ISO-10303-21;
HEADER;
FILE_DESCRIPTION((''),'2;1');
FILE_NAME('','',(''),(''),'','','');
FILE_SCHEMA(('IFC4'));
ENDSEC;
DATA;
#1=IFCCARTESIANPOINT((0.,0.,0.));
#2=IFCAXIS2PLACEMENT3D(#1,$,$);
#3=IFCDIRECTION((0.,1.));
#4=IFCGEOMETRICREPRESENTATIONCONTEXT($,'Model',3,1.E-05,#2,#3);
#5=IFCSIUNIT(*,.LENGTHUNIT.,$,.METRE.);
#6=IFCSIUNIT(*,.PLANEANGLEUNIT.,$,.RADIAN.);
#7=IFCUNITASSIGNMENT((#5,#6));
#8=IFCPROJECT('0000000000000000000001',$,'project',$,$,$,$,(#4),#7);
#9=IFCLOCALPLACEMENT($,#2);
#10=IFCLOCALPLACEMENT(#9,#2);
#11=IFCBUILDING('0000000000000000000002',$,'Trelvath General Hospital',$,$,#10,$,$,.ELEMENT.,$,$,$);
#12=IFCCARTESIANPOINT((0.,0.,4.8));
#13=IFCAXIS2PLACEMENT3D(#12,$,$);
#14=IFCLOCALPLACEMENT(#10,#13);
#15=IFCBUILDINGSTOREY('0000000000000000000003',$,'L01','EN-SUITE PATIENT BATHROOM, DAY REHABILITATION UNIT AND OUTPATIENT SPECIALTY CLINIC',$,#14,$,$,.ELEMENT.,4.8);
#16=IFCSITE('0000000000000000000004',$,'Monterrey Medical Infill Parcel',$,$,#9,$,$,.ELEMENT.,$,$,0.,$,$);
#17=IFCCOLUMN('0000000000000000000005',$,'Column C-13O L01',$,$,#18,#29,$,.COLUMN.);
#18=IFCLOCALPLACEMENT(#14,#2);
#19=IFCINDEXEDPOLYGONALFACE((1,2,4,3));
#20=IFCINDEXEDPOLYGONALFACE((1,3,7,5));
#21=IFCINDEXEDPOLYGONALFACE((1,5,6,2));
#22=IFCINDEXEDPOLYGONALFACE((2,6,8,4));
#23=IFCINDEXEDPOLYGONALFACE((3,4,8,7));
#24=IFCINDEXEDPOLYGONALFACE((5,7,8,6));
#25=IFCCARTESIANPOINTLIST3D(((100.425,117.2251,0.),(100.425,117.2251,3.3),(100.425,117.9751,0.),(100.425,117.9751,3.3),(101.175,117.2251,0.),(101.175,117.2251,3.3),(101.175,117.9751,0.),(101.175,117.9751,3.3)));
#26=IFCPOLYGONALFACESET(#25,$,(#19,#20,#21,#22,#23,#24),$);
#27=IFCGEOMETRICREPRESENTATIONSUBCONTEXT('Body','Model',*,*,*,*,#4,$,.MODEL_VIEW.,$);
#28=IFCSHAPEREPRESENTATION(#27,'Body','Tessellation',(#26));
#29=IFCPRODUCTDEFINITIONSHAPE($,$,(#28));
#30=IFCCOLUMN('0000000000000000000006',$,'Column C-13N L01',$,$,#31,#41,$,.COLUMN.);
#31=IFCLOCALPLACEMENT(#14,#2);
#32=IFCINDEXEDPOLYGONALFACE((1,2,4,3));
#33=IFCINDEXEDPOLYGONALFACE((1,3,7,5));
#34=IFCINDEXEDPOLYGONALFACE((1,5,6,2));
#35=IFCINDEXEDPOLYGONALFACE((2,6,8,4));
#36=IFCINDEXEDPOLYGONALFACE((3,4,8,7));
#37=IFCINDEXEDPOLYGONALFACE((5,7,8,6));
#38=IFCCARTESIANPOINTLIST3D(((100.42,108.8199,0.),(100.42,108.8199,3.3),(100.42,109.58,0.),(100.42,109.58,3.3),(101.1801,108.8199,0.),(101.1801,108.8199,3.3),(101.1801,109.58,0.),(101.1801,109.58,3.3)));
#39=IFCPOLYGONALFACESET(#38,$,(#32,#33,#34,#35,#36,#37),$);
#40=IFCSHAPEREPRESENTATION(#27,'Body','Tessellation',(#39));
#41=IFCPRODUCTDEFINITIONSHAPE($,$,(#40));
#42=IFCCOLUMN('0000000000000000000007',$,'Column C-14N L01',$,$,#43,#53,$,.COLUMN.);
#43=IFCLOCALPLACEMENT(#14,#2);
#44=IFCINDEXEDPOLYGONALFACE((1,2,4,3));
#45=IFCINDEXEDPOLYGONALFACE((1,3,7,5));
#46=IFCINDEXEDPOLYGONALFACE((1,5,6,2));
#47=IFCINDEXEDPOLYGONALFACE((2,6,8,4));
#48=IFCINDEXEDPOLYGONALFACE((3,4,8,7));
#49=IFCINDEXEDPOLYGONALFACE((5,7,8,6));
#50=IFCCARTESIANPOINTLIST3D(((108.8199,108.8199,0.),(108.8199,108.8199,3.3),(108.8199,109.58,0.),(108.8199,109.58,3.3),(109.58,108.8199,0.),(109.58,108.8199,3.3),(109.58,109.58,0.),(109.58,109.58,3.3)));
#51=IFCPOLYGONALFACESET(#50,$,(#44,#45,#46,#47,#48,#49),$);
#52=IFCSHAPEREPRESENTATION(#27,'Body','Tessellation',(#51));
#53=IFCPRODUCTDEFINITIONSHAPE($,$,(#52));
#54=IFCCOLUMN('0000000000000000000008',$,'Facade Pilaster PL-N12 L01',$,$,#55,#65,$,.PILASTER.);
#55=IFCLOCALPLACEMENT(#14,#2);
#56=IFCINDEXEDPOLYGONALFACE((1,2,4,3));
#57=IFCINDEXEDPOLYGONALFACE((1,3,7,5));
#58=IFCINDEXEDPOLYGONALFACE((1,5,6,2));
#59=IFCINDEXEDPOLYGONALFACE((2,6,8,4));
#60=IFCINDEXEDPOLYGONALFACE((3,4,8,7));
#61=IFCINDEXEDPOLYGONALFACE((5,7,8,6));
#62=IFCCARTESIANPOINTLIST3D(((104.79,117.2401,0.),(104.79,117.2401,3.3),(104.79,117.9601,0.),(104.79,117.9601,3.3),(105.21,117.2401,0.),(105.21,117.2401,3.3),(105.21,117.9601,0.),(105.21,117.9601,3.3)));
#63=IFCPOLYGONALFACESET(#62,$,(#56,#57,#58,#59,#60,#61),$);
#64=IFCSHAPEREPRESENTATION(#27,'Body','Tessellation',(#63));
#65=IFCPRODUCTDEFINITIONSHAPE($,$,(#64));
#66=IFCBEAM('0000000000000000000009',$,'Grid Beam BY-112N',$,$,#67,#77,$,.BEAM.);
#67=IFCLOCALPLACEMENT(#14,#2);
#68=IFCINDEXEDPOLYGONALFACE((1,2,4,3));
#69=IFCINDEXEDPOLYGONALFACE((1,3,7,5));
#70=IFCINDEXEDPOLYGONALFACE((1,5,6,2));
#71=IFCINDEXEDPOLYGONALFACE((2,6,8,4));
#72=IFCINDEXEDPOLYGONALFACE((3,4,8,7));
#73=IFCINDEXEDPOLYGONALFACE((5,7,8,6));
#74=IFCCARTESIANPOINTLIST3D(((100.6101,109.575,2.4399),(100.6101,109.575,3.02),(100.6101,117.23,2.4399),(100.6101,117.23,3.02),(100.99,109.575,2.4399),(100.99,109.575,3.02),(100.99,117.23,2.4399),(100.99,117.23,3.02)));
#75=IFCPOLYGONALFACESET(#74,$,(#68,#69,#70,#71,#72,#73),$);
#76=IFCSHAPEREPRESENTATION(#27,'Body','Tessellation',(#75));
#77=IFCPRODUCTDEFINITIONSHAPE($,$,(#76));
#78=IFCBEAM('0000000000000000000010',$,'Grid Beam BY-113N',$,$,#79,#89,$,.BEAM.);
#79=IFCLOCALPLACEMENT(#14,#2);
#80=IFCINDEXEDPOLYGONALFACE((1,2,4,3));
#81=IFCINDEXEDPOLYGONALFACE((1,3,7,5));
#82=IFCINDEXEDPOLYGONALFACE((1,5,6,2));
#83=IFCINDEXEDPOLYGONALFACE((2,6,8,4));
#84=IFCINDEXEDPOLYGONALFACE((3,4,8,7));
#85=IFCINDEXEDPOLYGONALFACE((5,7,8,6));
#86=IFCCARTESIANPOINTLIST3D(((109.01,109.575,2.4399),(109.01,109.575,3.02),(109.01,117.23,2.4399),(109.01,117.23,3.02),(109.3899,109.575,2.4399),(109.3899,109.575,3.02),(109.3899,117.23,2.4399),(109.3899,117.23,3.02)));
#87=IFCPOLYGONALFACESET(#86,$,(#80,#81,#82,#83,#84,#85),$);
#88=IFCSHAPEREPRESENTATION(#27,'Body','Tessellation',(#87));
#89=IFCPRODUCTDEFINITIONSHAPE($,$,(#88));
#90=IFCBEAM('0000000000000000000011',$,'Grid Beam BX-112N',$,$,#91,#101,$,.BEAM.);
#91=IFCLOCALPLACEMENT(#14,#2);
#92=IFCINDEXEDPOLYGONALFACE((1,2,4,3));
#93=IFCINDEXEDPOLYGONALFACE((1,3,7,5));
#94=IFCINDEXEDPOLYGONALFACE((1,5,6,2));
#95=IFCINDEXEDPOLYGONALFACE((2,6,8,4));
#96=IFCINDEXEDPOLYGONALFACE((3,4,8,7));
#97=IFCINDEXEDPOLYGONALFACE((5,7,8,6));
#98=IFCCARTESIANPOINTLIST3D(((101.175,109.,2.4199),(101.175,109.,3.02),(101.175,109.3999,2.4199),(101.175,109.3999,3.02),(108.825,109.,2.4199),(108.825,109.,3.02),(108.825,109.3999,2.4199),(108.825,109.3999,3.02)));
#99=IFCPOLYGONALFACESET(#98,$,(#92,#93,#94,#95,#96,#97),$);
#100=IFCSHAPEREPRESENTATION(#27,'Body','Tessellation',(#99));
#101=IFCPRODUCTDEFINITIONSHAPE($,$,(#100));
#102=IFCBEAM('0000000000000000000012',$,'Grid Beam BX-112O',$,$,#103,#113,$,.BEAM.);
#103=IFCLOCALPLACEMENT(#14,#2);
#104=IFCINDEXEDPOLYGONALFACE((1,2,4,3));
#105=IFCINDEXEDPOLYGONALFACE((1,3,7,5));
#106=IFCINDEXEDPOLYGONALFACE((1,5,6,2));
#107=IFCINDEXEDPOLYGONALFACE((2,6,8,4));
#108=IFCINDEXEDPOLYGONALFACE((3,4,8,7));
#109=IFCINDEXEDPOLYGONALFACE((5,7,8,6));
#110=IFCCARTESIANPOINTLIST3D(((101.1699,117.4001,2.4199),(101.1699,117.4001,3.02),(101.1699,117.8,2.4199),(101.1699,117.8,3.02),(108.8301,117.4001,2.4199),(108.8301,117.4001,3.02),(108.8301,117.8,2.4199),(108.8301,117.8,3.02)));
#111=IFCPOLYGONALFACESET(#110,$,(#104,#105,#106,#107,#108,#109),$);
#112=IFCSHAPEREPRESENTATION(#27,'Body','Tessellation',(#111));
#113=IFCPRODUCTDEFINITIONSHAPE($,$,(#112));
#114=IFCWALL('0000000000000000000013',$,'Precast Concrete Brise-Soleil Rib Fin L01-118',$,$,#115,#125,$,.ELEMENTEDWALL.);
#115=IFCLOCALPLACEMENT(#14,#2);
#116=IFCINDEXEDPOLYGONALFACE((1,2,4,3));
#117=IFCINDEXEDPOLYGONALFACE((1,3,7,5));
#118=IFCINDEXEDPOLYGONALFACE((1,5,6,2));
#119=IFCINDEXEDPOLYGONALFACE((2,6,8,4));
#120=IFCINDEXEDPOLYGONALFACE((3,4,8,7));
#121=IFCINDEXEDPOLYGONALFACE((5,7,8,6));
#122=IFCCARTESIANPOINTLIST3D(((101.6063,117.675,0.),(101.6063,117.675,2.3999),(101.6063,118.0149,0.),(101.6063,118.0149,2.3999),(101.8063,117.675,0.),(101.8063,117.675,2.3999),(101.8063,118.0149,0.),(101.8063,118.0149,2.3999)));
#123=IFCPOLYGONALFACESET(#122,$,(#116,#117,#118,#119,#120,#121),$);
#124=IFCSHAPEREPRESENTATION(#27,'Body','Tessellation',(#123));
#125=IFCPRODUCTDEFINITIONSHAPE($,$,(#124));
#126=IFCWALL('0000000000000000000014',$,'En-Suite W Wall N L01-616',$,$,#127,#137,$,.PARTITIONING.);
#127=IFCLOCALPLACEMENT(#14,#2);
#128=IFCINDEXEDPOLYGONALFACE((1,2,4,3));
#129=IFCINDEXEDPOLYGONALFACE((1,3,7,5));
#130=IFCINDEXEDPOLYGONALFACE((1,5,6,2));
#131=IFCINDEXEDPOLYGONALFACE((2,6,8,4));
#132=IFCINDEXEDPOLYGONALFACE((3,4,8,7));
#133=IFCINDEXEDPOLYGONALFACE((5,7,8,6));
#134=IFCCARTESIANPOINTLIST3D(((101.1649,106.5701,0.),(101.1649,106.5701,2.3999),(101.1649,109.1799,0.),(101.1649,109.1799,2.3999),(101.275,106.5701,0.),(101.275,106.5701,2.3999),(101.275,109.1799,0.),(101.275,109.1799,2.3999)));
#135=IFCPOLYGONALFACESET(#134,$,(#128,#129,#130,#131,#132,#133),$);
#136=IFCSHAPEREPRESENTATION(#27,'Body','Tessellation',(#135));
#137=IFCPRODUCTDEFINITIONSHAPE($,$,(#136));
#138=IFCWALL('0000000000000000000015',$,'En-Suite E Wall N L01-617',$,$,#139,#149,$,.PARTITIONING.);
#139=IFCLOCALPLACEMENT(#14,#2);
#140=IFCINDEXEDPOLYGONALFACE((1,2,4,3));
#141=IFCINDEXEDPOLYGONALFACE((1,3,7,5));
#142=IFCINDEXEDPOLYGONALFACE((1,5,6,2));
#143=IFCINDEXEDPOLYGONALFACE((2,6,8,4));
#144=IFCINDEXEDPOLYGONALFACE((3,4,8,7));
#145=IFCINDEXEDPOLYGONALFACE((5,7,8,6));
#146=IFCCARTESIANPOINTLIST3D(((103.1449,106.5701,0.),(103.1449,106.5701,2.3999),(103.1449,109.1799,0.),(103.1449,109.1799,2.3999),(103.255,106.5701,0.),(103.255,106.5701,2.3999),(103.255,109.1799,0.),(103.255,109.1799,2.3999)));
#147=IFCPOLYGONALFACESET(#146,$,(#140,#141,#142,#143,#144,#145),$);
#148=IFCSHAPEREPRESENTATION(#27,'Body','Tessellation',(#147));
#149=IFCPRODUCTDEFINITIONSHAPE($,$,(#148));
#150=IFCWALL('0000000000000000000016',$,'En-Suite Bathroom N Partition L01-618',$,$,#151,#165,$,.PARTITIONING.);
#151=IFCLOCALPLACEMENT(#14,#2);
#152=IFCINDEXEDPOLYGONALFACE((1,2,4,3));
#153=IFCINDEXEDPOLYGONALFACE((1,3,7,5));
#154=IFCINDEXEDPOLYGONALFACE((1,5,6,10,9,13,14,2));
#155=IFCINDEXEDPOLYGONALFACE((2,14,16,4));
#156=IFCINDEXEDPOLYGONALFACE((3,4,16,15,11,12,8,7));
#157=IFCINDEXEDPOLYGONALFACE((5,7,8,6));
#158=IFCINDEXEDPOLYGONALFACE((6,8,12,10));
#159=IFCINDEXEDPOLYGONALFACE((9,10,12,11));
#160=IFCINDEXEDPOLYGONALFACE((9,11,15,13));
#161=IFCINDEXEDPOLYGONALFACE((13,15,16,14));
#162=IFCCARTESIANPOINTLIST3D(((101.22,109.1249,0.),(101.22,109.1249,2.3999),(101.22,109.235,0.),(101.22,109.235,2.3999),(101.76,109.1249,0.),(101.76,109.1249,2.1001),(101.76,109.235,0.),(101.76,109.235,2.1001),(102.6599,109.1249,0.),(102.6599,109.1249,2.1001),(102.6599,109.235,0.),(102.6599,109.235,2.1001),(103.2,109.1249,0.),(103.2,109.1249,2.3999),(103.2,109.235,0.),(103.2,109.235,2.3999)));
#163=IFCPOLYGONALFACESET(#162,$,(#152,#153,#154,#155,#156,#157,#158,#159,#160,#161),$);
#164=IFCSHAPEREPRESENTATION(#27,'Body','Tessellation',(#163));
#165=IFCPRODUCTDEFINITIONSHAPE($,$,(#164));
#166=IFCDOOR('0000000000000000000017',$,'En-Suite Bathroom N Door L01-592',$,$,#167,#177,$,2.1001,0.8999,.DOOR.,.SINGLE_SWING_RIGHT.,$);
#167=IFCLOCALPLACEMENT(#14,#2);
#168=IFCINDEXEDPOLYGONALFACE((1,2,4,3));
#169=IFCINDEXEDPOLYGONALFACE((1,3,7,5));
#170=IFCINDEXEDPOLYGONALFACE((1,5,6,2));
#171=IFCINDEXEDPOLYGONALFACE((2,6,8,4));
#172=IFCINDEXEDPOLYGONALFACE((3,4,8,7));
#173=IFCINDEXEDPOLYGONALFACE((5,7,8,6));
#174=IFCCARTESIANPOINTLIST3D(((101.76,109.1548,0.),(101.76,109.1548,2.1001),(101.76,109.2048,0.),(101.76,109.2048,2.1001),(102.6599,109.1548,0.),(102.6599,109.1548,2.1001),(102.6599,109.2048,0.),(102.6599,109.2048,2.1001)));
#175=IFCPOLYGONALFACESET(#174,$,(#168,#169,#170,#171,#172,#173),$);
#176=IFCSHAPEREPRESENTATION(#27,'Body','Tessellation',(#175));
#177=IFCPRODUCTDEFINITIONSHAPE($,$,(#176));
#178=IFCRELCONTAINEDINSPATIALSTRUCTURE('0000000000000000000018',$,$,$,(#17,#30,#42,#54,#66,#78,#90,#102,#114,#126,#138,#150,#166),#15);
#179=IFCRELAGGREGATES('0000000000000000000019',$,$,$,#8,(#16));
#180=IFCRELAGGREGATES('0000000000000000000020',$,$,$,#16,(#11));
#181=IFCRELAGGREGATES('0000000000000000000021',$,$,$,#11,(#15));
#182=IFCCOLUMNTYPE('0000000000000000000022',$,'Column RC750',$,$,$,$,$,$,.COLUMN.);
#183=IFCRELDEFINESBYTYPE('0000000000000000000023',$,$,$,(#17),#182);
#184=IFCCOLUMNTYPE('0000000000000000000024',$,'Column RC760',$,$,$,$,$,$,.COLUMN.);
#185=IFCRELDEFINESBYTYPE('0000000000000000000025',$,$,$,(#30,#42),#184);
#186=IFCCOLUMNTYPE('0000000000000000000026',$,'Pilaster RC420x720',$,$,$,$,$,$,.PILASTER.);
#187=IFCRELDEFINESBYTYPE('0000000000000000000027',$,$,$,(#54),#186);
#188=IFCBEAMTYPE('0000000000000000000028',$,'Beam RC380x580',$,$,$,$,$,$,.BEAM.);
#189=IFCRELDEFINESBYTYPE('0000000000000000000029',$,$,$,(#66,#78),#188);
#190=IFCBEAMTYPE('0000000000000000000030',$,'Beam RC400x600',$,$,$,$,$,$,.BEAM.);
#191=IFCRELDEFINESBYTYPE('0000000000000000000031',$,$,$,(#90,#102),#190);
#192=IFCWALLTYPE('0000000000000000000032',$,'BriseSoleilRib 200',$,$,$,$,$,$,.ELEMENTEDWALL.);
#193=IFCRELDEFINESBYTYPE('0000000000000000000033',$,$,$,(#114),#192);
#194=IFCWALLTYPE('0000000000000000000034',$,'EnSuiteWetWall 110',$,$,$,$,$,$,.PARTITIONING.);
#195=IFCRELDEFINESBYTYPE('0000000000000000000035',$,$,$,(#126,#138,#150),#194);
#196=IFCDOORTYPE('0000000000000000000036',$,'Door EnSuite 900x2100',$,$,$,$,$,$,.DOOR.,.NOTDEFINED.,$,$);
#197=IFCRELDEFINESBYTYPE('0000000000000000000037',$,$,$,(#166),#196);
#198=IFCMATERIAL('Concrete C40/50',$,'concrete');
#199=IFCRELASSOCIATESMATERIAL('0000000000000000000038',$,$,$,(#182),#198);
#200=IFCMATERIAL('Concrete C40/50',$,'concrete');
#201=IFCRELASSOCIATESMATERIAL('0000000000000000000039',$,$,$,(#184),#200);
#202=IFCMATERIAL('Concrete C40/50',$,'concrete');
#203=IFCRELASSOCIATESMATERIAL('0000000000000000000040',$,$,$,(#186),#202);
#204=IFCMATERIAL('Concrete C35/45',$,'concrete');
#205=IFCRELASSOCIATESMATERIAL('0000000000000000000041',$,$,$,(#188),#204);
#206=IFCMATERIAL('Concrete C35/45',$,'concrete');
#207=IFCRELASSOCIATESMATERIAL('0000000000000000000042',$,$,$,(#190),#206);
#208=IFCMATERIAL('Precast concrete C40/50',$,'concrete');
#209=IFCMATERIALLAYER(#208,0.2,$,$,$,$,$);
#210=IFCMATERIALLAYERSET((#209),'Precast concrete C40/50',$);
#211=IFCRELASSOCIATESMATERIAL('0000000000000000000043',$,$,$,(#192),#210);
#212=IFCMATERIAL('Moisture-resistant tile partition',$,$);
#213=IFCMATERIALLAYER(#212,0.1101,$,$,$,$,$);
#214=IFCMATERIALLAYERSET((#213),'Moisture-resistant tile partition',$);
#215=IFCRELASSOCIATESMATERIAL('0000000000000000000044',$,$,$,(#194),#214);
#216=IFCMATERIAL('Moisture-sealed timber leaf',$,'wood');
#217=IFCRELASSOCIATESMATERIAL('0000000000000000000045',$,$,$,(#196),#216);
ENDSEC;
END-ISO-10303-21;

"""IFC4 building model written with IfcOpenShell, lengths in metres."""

from ifc_helpers import new_model, si_unit, direction, frame, frame_2d, origin, origin_2d, place, context, subcontext, project, spatial, rectangle, extrude, material, layer, layer_set, material_profile, profile_set, type_object, element, fill, save


model = new_model("IFC4")

# Units and contexts
model_context = context("Model", 3, precision=1e-05, world=origin(), true_north=direction((0.0, 1.0)))
body_context = subcontext(model_context, "Body", "Model", "MODEL_VIEW")
ifc_project = project(units=[si_unit("LENGTHUNIT", "METRE"), si_unit("PLANEANGLEUNIT", "RADIAN")], contexts=[model_context])

# Site, building, storey
site_placement = place(None, origin())
site = spatial("IfcSite", under=ifc_project, at=site_placement, Name="Monterrey Medical Infill Parcel", CompositionType="ELEMENT", RefElevation=0.0)
building_placement = place(site_placement, origin())
building = spatial("IfcBuilding", under=site, at=building_placement, Name="Trelvath General Hospital", CompositionType="ELEMENT")
storey_placement = place(building_placement, frame((0.0, 0.0, 4.8)))
storey = spatial("IfcBuildingStorey", under=building, at=storey_placement, Name="L01", Description="EN-SUITE PATIENT BATHROOM, DAY REHABILITATION UNIT AND OUTPATIENT SPECIALTY CLINIC", CompositionType="ELEMENT", Elevation=4.8)

# Columns
ifc_material_1 = material(Name="Concrete C40/50", Category="concrete")
ifc_material_profile_1 = material_profile(ifc_material_1, rectangle(XDim=0.75, YDim=0.75, at=origin_2d()), Name="RC750x750")
ifc_profile_set_1 = profile_set([ifc_material_profile_1], Name="Concrete C40/50")
column_type_1 = type_object("IfcColumnType", Name="Column RC750", PredefinedType="COLUMN", material=ifc_profile_set_1)
column_1_placement = place(storey_placement, frame((100.8, 117.6001, 0.0), z_axis=(0.0, 0.0, 1.0), x_axis=(1.0, 0.0, 0.0)))
element("IfcColumn", 1, at=column_1_placement, inside=storey, type_object=column_type_1, Name="Column C-13O L01", PredefinedType="COLUMN", context=body_context, shape_type="SweptSolid", body=[
    extrude(rectangle(XDim=0.75, YDim=0.75, at=origin_2d()), origin(), (0.0, 0.0, 1.0), 3.3),
])
ifc_material_2 = material(Name="Concrete C40/50", Category="concrete")
ifc_material_profile_2 = material_profile(ifc_material_2, rectangle(XDim=0.76, YDim=0.76, at=origin_2d()), Name="RC760x760")
ifc_profile_set_2 = profile_set([ifc_material_profile_2], Name="Concrete C40/50")
column_type_2 = type_object("IfcColumnType", Name="Column RC760", PredefinedType="COLUMN", material=ifc_profile_set_2)
for number, where, z_axis, x_axis, name in (
    (2, (100.8, 109.2, 0.0), (0.0, 0.0, 1.0), (1.0, 0.0, 0.0), "Column C-13N L01"),
    (3, (109.2, 109.2, 0.0), (0.0, 0.0, 1.0), (1.0, 0.0, 0.0), "Column C-14N L01"),
):
    element("IfcColumn", number, at=place(storey_placement, frame(where, z_axis=z_axis, x_axis=x_axis)), inside=storey, type_object=column_type_2, Name=name, PredefinedType="COLUMN", context=body_context, shape_type="SweptSolid", body=[
        extrude(rectangle(XDim=0.76, YDim=0.76, at=origin_2d()), origin(), (0.0, 0.0, 1.0), 3.3),
    ])
ifc_material_3 = material(Name="Concrete C40/50", Category="concrete")
ifc_material_profile_3 = material_profile(ifc_material_3, rectangle(XDim=0.4199, YDim=0.72, at=origin_2d()), Name="RC420x720")
ifc_profile_set_3 = profile_set([ifc_material_profile_3], Name="Concrete C40/50")
column_type_3 = type_object("IfcColumnType", Name="Pilaster RC420x720", PredefinedType="PILASTER", material=ifc_profile_set_3)
column_2_placement = place(storey_placement, frame((105.0, 117.6001, 0.0), z_axis=(0.0, 0.0, 1.0), x_axis=(1.0, 0.0, 0.0)))
element("IfcColumn", 4, at=column_2_placement, inside=storey, type_object=column_type_3, Name="Facade Pilaster PL-N12 L01", PredefinedType="PILASTER", context=body_context, shape_type="SweptSolid", body=[
    extrude(rectangle(XDim=0.4199, YDim=0.72, at=origin_2d()), origin(), (0.0, 0.0, 1.0), 3.3),
])

# Beams
ifc_material_4 = material(Name="Concrete C35/45", Category="concrete")
ifc_material_profile_4 = material_profile(ifc_material_4, rectangle(XDim=0.3799, YDim=0.5801, at=origin_2d()), Name="RCB380x580")
ifc_profile_set_4 = profile_set([ifc_material_profile_4], Name="Concrete C35/45")
beam_type_1 = type_object("IfcBeamType", Name="Beam RC380x580", PredefinedType="BEAM", material=ifc_profile_set_4)
for number, where, z_axis, x_axis, name in (
    (5, (100.8, 109.575, 2.73), (0.0, 1.0, 0.0), (-1.0, 0.0, 0.0), "Grid Beam BY-112N"),
    (6, (109.2, 109.575, 2.73), (0.0, 1.0, 0.0), (-1.0, 0.0, 0.0), "Grid Beam BY-113N"),
):
    element("IfcBeam", number, at=place(storey_placement, frame(where, z_axis=z_axis, x_axis=x_axis)), inside=storey, type_object=beam_type_1, Name=name, PredefinedType="BEAM", context=body_context, shape_type="SweptSolid", body=[
        extrude(rectangle(XDim=0.3799, YDim=0.5801, at=origin_2d()), origin(), (0.0, 0.0, 1.0), 7.655),
    ])
ifc_material_5 = material(Name="Concrete C35/45", Category="concrete")
ifc_material_profile_5 = material_profile(ifc_material_5, rectangle(XDim=0.3999, YDim=0.6001, at=origin_2d()), Name="RCB400x600")
ifc_profile_set_5 = profile_set([ifc_material_profile_5], Name="Concrete C35/45")
beam_type_2 = type_object("IfcBeamType", Name="Beam RC400x600", PredefinedType="BEAM", material=ifc_profile_set_5)
beam_1_placement = place(storey_placement, frame((101.175, 109.2, 2.72), z_axis=(1.0, 0.0, 0.0), x_axis=(0.0, 1.0, 0.0)))
element("IfcBeam", 7, at=beam_1_placement, inside=storey, type_object=beam_type_2, Name="Grid Beam BX-112N", PredefinedType="BEAM", context=body_context, shape_type="SweptSolid", body=[
    extrude(rectangle(XDim=0.3999, YDim=0.6001, at=origin_2d()), origin(), (0.0, 0.0, 1.0), 7.6499),
])
beam_2_placement = place(storey_placement, frame((101.1699, 117.6001, 2.72), z_axis=(1.0, 0.0, 0.0), x_axis=(0.0, 1.0, 0.0)))
element("IfcBeam", 8, at=beam_2_placement, inside=storey, type_object=beam_type_2, Name="Grid Beam BX-112O", PredefinedType="BEAM", context=body_context, shape_type="SweptSolid", body=[
    extrude(rectangle(XDim=0.3999, YDim=0.6001, at=origin_2d()), origin(), (0.0, 0.0, 1.0), 7.6602),
])

# Walls
ifc_material_6 = material(Name="Precast concrete C40/50", Category="concrete")
ifc_layer_1 = layer(ifc_material_6, 0.2)
ifc_layer_set_1 = layer_set([ifc_layer_1], Name="Precast concrete C40/50")
wall_type_1 = type_object("IfcWallType", Name="BriseSoleilRib 200", PredefinedType="ELEMENTEDWALL", material=ifc_layer_set_1)
wall_1_placement = place(storey_placement, frame((101.7063, 117.675, 0.0), z_axis=(0.0, 0.0, 1.0), x_axis=(0.0, 1.0, 0.0)))
element("IfcWall", 9, at=wall_1_placement, inside=storey, type_object=wall_type_1, Name="Precast Concrete Brise-Soleil Rib Fin L01-118", PredefinedType="ELEMENTEDWALL", context=body_context, shape_type="SweptSolid", body=[
    extrude(rectangle(XDim=0.3398, YDim=0.2, at=frame_2d((0.1699, 0.0))), origin(), (0.0, 0.0, 1.0), 2.3999),
])
ifc_material_7 = material(Name="Moisture-resistant tile partition")
ifc_layer_2 = layer(ifc_material_7, 0.1101)
ifc_layer_set_2 = layer_set([ifc_layer_2], Name="Moisture-resistant tile partition")
wall_type_2 = type_object("IfcWallType", Name="EnSuiteWetWall 110", PredefinedType="PARTITIONING", material=ifc_layer_set_2)
for number, where, z_axis, x_axis, name in (
    (10, (101.22, 106.5701, 0.0), (0.0, 0.0, 1.0), (0.0, 1.0, 0.0), "En-Suite W Wall N L01-616"),
    (11, (103.2, 106.5701, 0.0), (0.0, 0.0, 1.0), (0.0, 1.0, 0.0), "En-Suite E Wall N L01-617"),
):
    element("IfcWall", number, at=place(storey_placement, frame(where, z_axis=z_axis, x_axis=x_axis)), inside=storey, type_object=wall_type_2, Name=name, PredefinedType="PARTITIONING", context=body_context, shape_type="SweptSolid", body=[
        extrude(rectangle(XDim=2.6099, YDim=0.1101, at=frame_2d((1.3049, 0.0))), origin(), (0.0, 0.0, 1.0), 2.3999),
    ])

# Wall, opening, door
wall_2_placement = place(storey_placement, frame((101.22, 109.1799, 0.0), z_axis=(0.0, 0.0, 1.0), x_axis=(1.0, 0.0, 0.0)))
wall_2 = element("IfcWall", 12, at=wall_2_placement, inside=storey, type_object=wall_type_2, Name="En-Suite Bathroom N Partition L01-618", PredefinedType="PARTITIONING", context=body_context, shape_type="SweptSolid", body=[
    extrude(rectangle(XDim=1.98, YDim=0.1101, at=frame_2d((0.99, 0.0))), origin(), (0.0, 0.0, 1.0), 2.3999),
])
opening_1_placement = place(wall_2_placement, frame((0.54, 0.0, 0.0)))
opening_1 = element("IfcOpeningElement", 13, at=opening_1_placement, cuts=wall_2, PredefinedType="OPENING", context=body_context, shape_type="SweptSolid", body=[
    extrude(rectangle(XDim=0.8999, YDim=2.1001, at=frame_2d((0.45, 1.05))), frame((0.0, 0.0649, 0.0), z_axis=(0.0, -1.0, 0.0), x_axis=(1.0, 0.0, 0.0)), (0.0, 0.0, 1.0), 0.1301),
])
ifc_material_8 = material(Name="Moisture-sealed timber leaf", Category="wood")
door_type = type_object("IfcDoorType", Name="Door EnSuite 900x2100", OperationType="NOTDEFINED", PredefinedType="DOOR", material=ifc_material_8)
door_1_placement = place(opening_1_placement, origin())
door_1 = element("IfcDoor", 14, at=door_1_placement, inside=storey, type_object=door_type, Name="En-Suite Bathroom N Door L01-592", OperationType="SINGLE_SWING_RIGHT", OverallHeight=2.1001, OverallWidth=0.8999, PredefinedType="DOOR", context=body_context, shape_type="SweptSolid", body=[
    extrude(rectangle(XDim=0.8999, YDim=2.1001, at=frame_2d((0.45, 1.05))), frame((0.0, 0.0249, 0.0), z_axis=(0.0, -1.0, 0.0), x_axis=(1.0, 0.0, 0.0)), (0.0, 0.0, 1.0), 0.05),
])
fill(opening_1, door_1)

save(model, "model.ifc")
